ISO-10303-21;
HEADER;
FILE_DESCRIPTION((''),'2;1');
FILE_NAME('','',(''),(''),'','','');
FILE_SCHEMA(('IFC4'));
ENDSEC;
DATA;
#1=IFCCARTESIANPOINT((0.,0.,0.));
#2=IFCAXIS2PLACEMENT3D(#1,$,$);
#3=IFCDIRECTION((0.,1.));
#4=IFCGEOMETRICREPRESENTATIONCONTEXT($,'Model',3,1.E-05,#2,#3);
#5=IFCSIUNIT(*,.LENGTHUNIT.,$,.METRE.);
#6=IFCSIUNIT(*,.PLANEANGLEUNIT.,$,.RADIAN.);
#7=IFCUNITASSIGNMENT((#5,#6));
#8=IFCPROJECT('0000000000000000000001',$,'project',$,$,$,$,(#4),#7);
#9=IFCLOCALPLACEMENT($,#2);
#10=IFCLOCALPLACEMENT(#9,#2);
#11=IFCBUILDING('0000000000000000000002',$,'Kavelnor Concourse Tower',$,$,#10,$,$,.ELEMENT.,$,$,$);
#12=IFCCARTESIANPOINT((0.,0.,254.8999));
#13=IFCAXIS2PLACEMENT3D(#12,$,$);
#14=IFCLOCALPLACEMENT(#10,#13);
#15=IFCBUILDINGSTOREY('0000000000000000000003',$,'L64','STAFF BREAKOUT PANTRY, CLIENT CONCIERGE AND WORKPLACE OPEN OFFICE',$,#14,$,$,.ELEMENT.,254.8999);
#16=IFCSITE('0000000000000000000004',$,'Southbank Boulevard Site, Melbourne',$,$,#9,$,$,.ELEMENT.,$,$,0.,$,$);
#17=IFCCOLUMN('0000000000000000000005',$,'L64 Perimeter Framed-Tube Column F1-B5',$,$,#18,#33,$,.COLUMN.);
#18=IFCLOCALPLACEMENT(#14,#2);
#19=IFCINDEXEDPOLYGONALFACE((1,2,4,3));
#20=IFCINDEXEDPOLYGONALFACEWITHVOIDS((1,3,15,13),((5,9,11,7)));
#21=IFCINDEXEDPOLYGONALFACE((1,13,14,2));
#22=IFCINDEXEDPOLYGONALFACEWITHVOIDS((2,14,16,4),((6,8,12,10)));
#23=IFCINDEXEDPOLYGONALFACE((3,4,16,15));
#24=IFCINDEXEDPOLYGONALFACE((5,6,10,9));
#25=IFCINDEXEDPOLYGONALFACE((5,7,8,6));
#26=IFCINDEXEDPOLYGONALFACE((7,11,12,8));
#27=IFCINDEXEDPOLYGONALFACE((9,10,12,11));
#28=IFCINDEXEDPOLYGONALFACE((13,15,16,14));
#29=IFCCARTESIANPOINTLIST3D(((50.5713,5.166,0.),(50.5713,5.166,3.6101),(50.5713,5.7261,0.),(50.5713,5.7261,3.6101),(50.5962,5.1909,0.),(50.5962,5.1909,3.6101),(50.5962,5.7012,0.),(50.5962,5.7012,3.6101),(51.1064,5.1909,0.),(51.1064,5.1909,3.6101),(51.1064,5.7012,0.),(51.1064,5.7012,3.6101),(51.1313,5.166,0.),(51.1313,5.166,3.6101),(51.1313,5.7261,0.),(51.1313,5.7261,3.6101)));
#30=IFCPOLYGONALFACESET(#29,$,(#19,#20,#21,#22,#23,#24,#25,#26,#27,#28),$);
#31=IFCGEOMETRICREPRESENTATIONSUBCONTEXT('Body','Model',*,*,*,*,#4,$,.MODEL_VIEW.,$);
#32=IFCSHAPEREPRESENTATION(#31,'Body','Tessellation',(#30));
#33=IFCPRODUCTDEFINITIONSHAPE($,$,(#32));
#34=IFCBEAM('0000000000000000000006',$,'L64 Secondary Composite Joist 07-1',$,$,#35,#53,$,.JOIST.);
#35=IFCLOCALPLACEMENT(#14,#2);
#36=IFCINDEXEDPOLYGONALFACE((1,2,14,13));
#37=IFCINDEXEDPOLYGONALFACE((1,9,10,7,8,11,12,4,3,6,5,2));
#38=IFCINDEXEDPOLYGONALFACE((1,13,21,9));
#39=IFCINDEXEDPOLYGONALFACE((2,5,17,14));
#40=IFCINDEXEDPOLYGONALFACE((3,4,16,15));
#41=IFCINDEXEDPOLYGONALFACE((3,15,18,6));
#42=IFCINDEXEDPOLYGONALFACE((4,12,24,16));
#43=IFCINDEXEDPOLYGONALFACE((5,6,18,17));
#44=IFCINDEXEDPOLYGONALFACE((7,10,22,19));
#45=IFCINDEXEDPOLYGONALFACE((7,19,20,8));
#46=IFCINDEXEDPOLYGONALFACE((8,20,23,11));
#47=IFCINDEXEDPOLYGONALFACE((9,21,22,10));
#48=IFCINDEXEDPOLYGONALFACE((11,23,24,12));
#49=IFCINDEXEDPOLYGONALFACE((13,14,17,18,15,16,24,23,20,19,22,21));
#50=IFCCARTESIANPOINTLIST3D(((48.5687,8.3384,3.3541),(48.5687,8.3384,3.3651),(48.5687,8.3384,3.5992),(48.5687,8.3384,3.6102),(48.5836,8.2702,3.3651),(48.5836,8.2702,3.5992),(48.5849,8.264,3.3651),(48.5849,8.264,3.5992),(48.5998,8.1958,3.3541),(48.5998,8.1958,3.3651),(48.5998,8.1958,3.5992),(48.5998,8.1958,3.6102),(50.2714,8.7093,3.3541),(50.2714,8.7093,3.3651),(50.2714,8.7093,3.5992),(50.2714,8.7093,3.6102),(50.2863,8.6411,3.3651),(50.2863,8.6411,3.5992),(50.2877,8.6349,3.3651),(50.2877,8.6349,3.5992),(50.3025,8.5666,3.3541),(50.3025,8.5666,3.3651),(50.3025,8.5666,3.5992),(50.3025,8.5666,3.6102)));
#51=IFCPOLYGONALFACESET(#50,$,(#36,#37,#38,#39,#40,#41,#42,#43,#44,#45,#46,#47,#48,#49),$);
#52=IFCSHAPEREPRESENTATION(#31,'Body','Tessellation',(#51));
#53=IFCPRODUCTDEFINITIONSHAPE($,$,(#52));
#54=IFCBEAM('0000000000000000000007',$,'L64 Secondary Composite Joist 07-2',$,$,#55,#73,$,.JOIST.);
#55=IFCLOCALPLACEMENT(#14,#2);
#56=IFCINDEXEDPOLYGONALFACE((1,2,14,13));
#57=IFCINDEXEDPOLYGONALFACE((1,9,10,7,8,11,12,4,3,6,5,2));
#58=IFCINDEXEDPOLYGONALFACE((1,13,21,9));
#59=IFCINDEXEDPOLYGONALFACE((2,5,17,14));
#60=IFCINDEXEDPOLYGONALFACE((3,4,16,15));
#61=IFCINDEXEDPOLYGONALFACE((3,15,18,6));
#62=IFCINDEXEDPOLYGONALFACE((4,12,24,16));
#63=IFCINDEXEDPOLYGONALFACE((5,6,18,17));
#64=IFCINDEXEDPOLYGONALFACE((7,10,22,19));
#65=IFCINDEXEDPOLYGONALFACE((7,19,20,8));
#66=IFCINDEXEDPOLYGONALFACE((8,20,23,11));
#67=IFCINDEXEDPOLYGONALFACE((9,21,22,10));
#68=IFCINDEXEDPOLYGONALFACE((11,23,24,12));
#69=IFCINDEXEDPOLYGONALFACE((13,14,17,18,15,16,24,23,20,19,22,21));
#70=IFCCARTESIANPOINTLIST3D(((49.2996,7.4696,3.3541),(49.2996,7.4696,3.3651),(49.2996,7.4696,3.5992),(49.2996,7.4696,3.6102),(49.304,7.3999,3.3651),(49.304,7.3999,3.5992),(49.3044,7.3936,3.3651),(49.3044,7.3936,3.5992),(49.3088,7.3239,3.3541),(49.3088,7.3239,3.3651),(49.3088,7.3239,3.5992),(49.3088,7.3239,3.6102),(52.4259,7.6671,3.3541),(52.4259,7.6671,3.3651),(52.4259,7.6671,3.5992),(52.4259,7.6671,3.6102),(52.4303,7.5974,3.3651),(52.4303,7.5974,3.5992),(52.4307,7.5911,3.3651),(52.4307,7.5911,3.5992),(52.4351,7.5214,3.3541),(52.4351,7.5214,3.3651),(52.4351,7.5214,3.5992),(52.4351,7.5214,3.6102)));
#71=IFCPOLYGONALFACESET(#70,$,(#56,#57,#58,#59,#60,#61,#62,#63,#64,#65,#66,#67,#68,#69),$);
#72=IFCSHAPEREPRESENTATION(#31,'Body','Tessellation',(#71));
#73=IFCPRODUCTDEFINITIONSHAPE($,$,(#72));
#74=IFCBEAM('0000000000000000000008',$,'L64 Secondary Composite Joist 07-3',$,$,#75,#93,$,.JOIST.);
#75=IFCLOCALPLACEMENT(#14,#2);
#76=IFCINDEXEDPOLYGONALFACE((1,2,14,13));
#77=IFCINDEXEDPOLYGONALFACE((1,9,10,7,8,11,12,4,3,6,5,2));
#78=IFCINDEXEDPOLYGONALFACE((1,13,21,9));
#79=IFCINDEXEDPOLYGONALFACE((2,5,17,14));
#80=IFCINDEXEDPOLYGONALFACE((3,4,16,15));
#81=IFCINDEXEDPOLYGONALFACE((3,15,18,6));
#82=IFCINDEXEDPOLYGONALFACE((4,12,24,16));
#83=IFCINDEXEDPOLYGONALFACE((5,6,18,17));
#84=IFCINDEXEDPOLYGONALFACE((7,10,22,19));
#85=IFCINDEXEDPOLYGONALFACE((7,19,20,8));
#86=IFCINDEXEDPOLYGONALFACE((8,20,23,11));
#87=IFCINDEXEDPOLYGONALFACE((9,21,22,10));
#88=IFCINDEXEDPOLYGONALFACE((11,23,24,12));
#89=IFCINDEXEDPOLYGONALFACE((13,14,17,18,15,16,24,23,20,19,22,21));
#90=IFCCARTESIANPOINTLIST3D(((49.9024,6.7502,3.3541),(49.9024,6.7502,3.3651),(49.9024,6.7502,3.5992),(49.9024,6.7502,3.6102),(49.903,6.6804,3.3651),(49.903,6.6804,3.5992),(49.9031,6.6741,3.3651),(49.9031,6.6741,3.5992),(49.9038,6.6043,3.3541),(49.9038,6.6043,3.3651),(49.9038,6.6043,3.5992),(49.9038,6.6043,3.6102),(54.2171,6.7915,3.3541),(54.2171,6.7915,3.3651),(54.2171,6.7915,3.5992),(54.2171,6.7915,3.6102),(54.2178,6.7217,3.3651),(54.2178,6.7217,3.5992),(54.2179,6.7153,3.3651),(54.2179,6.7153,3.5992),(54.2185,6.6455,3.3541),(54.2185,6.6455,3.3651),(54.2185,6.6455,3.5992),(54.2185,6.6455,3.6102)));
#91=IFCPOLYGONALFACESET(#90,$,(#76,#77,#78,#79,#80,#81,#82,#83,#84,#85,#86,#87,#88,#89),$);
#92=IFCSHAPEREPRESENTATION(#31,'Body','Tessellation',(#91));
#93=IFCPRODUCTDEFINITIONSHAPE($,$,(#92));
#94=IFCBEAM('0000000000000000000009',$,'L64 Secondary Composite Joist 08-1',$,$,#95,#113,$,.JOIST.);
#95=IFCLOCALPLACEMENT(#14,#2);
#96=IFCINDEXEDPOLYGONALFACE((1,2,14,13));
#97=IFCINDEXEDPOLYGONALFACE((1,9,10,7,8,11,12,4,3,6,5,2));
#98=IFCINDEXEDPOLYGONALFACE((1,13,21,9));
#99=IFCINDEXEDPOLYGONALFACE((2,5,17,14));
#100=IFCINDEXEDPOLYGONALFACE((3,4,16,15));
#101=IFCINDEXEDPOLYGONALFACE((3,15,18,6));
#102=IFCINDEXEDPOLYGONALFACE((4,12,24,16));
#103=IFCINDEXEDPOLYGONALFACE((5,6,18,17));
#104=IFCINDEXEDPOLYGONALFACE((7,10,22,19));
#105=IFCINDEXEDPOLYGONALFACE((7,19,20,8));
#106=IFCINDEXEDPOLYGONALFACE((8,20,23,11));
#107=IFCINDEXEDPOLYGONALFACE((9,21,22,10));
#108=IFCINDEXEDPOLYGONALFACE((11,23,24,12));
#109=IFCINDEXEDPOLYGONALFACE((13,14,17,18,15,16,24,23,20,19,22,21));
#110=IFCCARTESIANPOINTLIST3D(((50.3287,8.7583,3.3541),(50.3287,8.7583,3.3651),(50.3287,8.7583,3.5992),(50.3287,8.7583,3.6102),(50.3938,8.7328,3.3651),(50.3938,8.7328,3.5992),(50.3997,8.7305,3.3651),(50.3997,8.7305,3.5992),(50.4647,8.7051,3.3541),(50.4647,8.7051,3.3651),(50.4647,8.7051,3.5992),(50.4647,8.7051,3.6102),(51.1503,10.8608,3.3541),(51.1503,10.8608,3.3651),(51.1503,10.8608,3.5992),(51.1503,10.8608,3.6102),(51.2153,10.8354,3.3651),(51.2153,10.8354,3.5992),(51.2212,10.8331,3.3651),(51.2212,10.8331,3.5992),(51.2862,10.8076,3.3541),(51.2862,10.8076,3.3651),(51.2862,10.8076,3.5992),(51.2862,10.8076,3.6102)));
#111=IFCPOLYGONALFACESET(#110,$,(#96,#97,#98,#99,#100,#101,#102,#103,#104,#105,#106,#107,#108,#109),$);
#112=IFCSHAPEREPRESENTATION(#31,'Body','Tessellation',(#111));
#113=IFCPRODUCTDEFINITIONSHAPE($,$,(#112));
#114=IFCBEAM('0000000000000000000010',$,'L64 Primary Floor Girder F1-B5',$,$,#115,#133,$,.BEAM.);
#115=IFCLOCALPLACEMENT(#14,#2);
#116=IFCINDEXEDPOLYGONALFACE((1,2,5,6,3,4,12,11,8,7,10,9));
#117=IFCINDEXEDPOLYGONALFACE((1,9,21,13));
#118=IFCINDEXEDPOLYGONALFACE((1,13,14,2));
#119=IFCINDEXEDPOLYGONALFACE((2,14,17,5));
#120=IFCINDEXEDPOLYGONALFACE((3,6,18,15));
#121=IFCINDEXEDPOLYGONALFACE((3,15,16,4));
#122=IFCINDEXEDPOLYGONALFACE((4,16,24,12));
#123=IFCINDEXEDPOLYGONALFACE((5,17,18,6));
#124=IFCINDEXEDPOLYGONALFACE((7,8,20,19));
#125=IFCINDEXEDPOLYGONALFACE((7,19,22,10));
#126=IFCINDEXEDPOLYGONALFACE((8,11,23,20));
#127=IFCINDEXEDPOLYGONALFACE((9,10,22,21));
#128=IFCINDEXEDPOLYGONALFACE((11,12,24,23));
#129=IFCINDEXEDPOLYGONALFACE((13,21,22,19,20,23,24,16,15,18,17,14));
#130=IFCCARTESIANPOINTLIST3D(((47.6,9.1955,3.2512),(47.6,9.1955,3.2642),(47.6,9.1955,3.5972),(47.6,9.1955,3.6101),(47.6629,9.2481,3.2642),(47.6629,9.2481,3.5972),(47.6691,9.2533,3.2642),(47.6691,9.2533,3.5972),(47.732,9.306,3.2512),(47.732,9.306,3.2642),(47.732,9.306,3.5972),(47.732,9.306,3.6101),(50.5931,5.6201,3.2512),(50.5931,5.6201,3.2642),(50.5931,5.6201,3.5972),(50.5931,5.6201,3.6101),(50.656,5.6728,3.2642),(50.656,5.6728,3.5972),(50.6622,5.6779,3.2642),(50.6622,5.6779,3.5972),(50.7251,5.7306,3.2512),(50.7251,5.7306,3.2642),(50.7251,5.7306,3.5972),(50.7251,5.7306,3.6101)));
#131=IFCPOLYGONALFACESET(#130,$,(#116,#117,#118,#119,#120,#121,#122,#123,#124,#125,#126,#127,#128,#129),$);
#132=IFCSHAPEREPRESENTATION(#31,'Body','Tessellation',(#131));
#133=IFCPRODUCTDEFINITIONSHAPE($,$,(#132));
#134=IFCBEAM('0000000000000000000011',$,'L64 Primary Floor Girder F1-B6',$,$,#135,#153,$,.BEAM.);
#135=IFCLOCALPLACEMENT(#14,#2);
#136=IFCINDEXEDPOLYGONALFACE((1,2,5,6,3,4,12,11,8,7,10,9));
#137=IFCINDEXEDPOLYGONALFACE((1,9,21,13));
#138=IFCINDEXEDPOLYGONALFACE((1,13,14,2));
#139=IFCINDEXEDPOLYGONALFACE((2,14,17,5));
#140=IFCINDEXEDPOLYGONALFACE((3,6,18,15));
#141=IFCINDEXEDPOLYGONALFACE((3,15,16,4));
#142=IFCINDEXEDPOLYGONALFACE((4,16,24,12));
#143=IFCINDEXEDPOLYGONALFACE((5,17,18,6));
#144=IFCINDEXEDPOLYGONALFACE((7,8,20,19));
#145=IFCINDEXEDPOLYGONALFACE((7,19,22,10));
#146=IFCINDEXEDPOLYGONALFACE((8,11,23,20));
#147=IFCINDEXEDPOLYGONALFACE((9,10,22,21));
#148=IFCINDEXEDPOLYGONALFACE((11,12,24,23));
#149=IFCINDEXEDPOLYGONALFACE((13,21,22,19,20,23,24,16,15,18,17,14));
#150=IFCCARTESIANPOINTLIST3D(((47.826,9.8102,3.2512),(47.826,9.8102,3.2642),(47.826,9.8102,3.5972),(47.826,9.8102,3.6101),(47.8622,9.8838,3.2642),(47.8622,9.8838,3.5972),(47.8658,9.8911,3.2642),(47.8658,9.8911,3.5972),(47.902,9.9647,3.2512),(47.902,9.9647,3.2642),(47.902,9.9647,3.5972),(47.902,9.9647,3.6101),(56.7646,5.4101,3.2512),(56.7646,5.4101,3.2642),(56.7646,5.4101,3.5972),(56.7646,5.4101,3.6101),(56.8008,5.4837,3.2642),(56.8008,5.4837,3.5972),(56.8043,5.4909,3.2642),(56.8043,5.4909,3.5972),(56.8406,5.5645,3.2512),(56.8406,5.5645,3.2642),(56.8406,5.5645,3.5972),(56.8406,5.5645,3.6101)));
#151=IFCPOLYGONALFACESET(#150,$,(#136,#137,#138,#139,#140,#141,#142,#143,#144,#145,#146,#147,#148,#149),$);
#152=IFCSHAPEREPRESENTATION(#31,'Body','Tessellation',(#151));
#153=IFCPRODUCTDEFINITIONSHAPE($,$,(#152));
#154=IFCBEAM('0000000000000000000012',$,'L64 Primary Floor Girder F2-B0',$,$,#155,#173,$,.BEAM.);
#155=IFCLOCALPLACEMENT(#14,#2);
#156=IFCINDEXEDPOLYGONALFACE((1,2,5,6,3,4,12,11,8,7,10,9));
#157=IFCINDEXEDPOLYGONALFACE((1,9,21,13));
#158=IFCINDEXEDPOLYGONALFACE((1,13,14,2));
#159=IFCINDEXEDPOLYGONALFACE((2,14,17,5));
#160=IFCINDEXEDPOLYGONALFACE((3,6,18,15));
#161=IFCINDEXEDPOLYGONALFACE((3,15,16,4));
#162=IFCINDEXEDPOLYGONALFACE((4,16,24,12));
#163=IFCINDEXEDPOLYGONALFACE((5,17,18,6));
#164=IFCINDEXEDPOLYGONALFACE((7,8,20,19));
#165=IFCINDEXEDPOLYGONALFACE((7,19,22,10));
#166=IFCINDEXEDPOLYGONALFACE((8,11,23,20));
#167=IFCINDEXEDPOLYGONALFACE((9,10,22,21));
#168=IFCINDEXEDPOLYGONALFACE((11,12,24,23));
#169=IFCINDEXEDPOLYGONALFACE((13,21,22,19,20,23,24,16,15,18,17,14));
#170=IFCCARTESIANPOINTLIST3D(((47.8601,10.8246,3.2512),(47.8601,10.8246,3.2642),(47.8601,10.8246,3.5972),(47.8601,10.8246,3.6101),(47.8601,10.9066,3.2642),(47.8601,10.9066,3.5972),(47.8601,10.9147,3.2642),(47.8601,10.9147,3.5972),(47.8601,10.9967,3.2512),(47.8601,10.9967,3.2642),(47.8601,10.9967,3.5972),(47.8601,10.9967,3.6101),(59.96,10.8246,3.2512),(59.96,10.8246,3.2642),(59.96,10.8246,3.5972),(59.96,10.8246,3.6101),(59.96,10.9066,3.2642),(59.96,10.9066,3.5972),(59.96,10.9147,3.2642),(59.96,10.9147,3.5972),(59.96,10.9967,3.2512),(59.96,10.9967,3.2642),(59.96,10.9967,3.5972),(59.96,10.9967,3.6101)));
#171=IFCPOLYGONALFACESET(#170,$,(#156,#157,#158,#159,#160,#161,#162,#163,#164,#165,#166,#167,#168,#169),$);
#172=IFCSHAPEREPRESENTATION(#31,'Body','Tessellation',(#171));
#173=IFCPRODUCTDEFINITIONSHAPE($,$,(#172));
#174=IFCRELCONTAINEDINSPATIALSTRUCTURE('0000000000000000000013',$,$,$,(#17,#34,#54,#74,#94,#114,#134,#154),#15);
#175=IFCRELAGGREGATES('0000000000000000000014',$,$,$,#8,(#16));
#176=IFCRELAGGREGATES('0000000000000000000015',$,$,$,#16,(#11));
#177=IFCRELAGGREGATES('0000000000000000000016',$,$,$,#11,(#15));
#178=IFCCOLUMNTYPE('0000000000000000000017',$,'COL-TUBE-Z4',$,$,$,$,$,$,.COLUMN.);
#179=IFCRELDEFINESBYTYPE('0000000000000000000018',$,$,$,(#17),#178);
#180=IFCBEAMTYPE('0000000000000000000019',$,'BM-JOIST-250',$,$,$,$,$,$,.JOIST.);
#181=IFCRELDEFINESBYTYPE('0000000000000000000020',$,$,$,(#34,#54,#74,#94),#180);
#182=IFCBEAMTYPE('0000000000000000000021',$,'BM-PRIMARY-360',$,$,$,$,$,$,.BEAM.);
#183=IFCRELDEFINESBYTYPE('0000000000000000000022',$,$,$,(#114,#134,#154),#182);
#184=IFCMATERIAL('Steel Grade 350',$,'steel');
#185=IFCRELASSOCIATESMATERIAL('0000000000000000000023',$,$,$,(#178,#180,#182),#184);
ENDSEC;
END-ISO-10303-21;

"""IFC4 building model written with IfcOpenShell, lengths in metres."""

from ifc_helpers import new_model, si_unit, direction, frame, origin, origin_2d, place, context, subcontext, project, spatial, hollow_rectangle, i_section, extrude, material, material_profile, profile_set, type_object, element, save


model = new_model("IFC4")

# Units and contexts
model_context = context("Model", 3, precision=1e-05, world=origin(), true_north=direction((0.0, 1.0)))
body_context = subcontext(model_context, "Body", "Model", "MODEL_VIEW")
ifc_project = project(units=[si_unit("LENGTHUNIT", "METRE"), si_unit("PLANEANGLEUNIT", "RADIAN")], contexts=[model_context])

# Site, building, storey
site_placement = place(None, origin())
site = spatial("IfcSite", under=ifc_project, at=site_placement, Name="Southbank Boulevard Site, Melbourne", CompositionType="ELEMENT", RefElevation=0.0)
building_placement = place(site_placement, origin())
building = spatial("IfcBuilding", under=site, at=building_placement, Name="Kavelnor Concourse Tower", CompositionType="ELEMENT")
storey_placement = place(building_placement, frame((0.0, 0.0, 254.8999)))
storey = spatial("IfcBuildingStorey", under=building, at=storey_placement, Name="L64", Description="STAFF BREAKOUT PANTRY, CLIENT CONCIERGE AND WORKPLACE OPEN OFFICE", CompositionType="ELEMENT", Elevation=254.8999)

# Column
ifc_material_1 = material(Name="Steel Grade 350", Category="steel")
ifc_material_profile_1 = material_profile(ifc_material_1, hollow_rectangle(XDim=0.5601, YDim=0.5601, WallThickness=0.0249, at=origin_2d()), Name="SHS 560x560x25")
ifc_profile_set_1 = profile_set([ifc_material_profile_1], Name="Steel Grade 350")
column_type = type_object("IfcColumnType", Name="COL-TUBE-Z4", PredefinedType="COLUMN", material=ifc_profile_set_1)
column_placement = place(storey_placement, frame((50.8513, 5.446, 0.0), z_axis=(0.0, 0.0, 1.0), x_axis=(1.0, 0.0, 0.0)))
element("IfcColumn", 1, at=column_placement, inside=storey, type_object=column_type, Name="L64 Perimeter Framed-Tube Column F1-B5", PredefinedType="COLUMN", context=body_context, shape_type="SweptSolid", body=[
    extrude(hollow_rectangle(XDim=0.5601, YDim=0.5601, WallThickness=0.0249, at=origin_2d()), origin(), (0.0, 0.0, 1.0), 3.6101),
])

# Beams
ifc_material_profile_2 = material_profile(ifc_material_1, i_section(OverallWidth=0.146, OverallDepth=0.2561, WebThickness=0.0063, FlangeThickness=0.011, at=origin_2d()), Name="250UB37")
ifc_profile_set_2 = profile_set([ifc_material_profile_2], Name="Steel Grade 350")
beam_type_1 = type_object("IfcBeamType", Name="BM-JOIST-250", PredefinedType="JOIST", material=ifc_profile_set_2)
beam_1_placement = place(storey_placement, frame((48.5842, 8.2671, 3.4822), z_axis=(0.977092, 0.212819, 0.0), x_axis=(-0.212819, 0.977092, 0.0)))
element("IfcBeam", 2, at=beam_1_placement, inside=storey, type_object=beam_type_1, Name="L64 Secondary Composite Joist 07-1", PredefinedType="JOIST", context=body_context, shape_type="SweptSolid", body=[
    extrude(i_section(OverallWidth=0.146, OverallDepth=0.2561, WebThickness=0.0063, FlangeThickness=0.011, at=origin_2d()), origin(), (0.0, 0.0, 1.0), 1.7427),
])
beam_2_placement = place(storey_placement, frame((49.3042, 7.3967, 3.4822), z_axis=(0.99801, 0.063053, 0.0), x_axis=(-0.063053, 0.99801, 0.0)))
element("IfcBeam", 3, at=beam_2_placement, inside=storey, type_object=beam_type_1, Name="L64 Secondary Composite Joist 07-2", PredefinedType="JOIST", context=body_context, shape_type="SweptSolid", body=[
    extrude(i_section(OverallWidth=0.146, OverallDepth=0.2561, WebThickness=0.0063, FlangeThickness=0.011, at=origin_2d()), origin(), (0.0, 0.0, 1.0), 3.1326),
])
beam_3_placement = place(storey_placement, frame((49.9031, 6.6772, 3.4822), z_axis=(0.999954, 0.009562, 0.0), x_axis=(-0.009562, 0.999954, 0.0)))
element("IfcBeam", 4, at=beam_3_placement, inside=storey, type_object=beam_type_1, Name="L64 Secondary Composite Joist 07-3", PredefinedType="JOIST", context=body_context, shape_type="SweptSolid", body=[
    extrude(i_section(OverallWidth=0.146, OverallDepth=0.2561, WebThickness=0.0063, FlangeThickness=0.011, at=origin_2d()), origin(), (0.0, 0.0, 1.0), 4.3149),
])
beam_4_placement = place(storey_placement, frame((50.3967, 8.7317, 3.4822), z_axis=(0.363938, 0.931423, 0.0), x_axis=(-0.931423, 0.363938, 0.0)))
element("IfcBeam", 5, at=beam_4_placement, inside=storey, type_object=beam_type_1, Name="L64 Secondary Composite Joist 08-1", PredefinedType="JOIST", context=body_context, shape_type="SweptSolid", body=[
    extrude(i_section(OverallWidth=0.146, OverallDepth=0.2561, WebThickness=0.0063, FlangeThickness=0.011, at=origin_2d()), origin(), (0.0, 0.0, 1.0), 2.2573),
])
ifc_material_profile_3 = material_profile(ifc_material_1, i_section(OverallWidth=0.1721, OverallDepth=0.3589, WebThickness=0.0081, FlangeThickness=0.0129, at=origin_2d()), Name="360UB56")
ifc_profile_set_3 = profile_set([ifc_material_profile_3], Name="Steel Grade 350")
beam_type_2 = type_object("IfcBeamType", Name="BM-PRIMARY-360", PredefinedType="BEAM", material=ifc_profile_set_3)
beam_5_placement = place(storey_placement, frame((47.666, 9.2507, 3.4307), z_axis=(0.641908, -0.766782, 0.0), x_axis=(0.766782, 0.641908, 0.0)))
element("IfcBeam", 6, at=beam_5_placement, inside=storey, type_object=beam_type_2, Name="L64 Primary Floor Girder F1-B5", PredefinedType="BEAM", context=body_context, shape_type="SweptSolid", body=[
    extrude(i_section(OverallWidth=0.1721, OverallDepth=0.3589, WebThickness=0.0081, FlangeThickness=0.0129, at=origin_2d()), origin(), (0.0, 0.0, 1.0), 4.6628),
])
beam_6_placement = place(storey_placement, frame((47.864, 9.8875, 3.4307), z_axis=(0.897184, -0.441657, 0.0), x_axis=(0.441657, 0.897184, 0.0)))
element("IfcBeam", 7, at=beam_6_placement, inside=storey, type_object=beam_type_2, Name="L64 Primary Floor Girder F1-B6", PredefinedType="BEAM", context=body_context, shape_type="SweptSolid", body=[
    extrude(i_section(OverallWidth=0.1721, OverallDepth=0.3589, WebThickness=0.0081, FlangeThickness=0.0129, at=origin_2d()), origin(), (0.0, 0.0, 1.0), 9.9629),
])
beam_7_placement = place(storey_placement, frame((47.8601, 10.9106, 3.4307), z_axis=(1.0, 0.0, 0.0), x_axis=(0.0, 1.0, 0.0)))
element("IfcBeam", 8, at=beam_7_placement, inside=storey, type_object=beam_type_2, Name="L64 Primary Floor Girder F2-B0", PredefinedType="BEAM", context=body_context, shape_type="SweptSolid", body=[
    extrude(i_section(OverallWidth=0.1721, OverallDepth=0.3589, WebThickness=0.0081, FlangeThickness=0.0129, at=origin_2d()), origin(), (0.0, 0.0, 1.0), 12.0999),
])

save(model, "model.ifc")
